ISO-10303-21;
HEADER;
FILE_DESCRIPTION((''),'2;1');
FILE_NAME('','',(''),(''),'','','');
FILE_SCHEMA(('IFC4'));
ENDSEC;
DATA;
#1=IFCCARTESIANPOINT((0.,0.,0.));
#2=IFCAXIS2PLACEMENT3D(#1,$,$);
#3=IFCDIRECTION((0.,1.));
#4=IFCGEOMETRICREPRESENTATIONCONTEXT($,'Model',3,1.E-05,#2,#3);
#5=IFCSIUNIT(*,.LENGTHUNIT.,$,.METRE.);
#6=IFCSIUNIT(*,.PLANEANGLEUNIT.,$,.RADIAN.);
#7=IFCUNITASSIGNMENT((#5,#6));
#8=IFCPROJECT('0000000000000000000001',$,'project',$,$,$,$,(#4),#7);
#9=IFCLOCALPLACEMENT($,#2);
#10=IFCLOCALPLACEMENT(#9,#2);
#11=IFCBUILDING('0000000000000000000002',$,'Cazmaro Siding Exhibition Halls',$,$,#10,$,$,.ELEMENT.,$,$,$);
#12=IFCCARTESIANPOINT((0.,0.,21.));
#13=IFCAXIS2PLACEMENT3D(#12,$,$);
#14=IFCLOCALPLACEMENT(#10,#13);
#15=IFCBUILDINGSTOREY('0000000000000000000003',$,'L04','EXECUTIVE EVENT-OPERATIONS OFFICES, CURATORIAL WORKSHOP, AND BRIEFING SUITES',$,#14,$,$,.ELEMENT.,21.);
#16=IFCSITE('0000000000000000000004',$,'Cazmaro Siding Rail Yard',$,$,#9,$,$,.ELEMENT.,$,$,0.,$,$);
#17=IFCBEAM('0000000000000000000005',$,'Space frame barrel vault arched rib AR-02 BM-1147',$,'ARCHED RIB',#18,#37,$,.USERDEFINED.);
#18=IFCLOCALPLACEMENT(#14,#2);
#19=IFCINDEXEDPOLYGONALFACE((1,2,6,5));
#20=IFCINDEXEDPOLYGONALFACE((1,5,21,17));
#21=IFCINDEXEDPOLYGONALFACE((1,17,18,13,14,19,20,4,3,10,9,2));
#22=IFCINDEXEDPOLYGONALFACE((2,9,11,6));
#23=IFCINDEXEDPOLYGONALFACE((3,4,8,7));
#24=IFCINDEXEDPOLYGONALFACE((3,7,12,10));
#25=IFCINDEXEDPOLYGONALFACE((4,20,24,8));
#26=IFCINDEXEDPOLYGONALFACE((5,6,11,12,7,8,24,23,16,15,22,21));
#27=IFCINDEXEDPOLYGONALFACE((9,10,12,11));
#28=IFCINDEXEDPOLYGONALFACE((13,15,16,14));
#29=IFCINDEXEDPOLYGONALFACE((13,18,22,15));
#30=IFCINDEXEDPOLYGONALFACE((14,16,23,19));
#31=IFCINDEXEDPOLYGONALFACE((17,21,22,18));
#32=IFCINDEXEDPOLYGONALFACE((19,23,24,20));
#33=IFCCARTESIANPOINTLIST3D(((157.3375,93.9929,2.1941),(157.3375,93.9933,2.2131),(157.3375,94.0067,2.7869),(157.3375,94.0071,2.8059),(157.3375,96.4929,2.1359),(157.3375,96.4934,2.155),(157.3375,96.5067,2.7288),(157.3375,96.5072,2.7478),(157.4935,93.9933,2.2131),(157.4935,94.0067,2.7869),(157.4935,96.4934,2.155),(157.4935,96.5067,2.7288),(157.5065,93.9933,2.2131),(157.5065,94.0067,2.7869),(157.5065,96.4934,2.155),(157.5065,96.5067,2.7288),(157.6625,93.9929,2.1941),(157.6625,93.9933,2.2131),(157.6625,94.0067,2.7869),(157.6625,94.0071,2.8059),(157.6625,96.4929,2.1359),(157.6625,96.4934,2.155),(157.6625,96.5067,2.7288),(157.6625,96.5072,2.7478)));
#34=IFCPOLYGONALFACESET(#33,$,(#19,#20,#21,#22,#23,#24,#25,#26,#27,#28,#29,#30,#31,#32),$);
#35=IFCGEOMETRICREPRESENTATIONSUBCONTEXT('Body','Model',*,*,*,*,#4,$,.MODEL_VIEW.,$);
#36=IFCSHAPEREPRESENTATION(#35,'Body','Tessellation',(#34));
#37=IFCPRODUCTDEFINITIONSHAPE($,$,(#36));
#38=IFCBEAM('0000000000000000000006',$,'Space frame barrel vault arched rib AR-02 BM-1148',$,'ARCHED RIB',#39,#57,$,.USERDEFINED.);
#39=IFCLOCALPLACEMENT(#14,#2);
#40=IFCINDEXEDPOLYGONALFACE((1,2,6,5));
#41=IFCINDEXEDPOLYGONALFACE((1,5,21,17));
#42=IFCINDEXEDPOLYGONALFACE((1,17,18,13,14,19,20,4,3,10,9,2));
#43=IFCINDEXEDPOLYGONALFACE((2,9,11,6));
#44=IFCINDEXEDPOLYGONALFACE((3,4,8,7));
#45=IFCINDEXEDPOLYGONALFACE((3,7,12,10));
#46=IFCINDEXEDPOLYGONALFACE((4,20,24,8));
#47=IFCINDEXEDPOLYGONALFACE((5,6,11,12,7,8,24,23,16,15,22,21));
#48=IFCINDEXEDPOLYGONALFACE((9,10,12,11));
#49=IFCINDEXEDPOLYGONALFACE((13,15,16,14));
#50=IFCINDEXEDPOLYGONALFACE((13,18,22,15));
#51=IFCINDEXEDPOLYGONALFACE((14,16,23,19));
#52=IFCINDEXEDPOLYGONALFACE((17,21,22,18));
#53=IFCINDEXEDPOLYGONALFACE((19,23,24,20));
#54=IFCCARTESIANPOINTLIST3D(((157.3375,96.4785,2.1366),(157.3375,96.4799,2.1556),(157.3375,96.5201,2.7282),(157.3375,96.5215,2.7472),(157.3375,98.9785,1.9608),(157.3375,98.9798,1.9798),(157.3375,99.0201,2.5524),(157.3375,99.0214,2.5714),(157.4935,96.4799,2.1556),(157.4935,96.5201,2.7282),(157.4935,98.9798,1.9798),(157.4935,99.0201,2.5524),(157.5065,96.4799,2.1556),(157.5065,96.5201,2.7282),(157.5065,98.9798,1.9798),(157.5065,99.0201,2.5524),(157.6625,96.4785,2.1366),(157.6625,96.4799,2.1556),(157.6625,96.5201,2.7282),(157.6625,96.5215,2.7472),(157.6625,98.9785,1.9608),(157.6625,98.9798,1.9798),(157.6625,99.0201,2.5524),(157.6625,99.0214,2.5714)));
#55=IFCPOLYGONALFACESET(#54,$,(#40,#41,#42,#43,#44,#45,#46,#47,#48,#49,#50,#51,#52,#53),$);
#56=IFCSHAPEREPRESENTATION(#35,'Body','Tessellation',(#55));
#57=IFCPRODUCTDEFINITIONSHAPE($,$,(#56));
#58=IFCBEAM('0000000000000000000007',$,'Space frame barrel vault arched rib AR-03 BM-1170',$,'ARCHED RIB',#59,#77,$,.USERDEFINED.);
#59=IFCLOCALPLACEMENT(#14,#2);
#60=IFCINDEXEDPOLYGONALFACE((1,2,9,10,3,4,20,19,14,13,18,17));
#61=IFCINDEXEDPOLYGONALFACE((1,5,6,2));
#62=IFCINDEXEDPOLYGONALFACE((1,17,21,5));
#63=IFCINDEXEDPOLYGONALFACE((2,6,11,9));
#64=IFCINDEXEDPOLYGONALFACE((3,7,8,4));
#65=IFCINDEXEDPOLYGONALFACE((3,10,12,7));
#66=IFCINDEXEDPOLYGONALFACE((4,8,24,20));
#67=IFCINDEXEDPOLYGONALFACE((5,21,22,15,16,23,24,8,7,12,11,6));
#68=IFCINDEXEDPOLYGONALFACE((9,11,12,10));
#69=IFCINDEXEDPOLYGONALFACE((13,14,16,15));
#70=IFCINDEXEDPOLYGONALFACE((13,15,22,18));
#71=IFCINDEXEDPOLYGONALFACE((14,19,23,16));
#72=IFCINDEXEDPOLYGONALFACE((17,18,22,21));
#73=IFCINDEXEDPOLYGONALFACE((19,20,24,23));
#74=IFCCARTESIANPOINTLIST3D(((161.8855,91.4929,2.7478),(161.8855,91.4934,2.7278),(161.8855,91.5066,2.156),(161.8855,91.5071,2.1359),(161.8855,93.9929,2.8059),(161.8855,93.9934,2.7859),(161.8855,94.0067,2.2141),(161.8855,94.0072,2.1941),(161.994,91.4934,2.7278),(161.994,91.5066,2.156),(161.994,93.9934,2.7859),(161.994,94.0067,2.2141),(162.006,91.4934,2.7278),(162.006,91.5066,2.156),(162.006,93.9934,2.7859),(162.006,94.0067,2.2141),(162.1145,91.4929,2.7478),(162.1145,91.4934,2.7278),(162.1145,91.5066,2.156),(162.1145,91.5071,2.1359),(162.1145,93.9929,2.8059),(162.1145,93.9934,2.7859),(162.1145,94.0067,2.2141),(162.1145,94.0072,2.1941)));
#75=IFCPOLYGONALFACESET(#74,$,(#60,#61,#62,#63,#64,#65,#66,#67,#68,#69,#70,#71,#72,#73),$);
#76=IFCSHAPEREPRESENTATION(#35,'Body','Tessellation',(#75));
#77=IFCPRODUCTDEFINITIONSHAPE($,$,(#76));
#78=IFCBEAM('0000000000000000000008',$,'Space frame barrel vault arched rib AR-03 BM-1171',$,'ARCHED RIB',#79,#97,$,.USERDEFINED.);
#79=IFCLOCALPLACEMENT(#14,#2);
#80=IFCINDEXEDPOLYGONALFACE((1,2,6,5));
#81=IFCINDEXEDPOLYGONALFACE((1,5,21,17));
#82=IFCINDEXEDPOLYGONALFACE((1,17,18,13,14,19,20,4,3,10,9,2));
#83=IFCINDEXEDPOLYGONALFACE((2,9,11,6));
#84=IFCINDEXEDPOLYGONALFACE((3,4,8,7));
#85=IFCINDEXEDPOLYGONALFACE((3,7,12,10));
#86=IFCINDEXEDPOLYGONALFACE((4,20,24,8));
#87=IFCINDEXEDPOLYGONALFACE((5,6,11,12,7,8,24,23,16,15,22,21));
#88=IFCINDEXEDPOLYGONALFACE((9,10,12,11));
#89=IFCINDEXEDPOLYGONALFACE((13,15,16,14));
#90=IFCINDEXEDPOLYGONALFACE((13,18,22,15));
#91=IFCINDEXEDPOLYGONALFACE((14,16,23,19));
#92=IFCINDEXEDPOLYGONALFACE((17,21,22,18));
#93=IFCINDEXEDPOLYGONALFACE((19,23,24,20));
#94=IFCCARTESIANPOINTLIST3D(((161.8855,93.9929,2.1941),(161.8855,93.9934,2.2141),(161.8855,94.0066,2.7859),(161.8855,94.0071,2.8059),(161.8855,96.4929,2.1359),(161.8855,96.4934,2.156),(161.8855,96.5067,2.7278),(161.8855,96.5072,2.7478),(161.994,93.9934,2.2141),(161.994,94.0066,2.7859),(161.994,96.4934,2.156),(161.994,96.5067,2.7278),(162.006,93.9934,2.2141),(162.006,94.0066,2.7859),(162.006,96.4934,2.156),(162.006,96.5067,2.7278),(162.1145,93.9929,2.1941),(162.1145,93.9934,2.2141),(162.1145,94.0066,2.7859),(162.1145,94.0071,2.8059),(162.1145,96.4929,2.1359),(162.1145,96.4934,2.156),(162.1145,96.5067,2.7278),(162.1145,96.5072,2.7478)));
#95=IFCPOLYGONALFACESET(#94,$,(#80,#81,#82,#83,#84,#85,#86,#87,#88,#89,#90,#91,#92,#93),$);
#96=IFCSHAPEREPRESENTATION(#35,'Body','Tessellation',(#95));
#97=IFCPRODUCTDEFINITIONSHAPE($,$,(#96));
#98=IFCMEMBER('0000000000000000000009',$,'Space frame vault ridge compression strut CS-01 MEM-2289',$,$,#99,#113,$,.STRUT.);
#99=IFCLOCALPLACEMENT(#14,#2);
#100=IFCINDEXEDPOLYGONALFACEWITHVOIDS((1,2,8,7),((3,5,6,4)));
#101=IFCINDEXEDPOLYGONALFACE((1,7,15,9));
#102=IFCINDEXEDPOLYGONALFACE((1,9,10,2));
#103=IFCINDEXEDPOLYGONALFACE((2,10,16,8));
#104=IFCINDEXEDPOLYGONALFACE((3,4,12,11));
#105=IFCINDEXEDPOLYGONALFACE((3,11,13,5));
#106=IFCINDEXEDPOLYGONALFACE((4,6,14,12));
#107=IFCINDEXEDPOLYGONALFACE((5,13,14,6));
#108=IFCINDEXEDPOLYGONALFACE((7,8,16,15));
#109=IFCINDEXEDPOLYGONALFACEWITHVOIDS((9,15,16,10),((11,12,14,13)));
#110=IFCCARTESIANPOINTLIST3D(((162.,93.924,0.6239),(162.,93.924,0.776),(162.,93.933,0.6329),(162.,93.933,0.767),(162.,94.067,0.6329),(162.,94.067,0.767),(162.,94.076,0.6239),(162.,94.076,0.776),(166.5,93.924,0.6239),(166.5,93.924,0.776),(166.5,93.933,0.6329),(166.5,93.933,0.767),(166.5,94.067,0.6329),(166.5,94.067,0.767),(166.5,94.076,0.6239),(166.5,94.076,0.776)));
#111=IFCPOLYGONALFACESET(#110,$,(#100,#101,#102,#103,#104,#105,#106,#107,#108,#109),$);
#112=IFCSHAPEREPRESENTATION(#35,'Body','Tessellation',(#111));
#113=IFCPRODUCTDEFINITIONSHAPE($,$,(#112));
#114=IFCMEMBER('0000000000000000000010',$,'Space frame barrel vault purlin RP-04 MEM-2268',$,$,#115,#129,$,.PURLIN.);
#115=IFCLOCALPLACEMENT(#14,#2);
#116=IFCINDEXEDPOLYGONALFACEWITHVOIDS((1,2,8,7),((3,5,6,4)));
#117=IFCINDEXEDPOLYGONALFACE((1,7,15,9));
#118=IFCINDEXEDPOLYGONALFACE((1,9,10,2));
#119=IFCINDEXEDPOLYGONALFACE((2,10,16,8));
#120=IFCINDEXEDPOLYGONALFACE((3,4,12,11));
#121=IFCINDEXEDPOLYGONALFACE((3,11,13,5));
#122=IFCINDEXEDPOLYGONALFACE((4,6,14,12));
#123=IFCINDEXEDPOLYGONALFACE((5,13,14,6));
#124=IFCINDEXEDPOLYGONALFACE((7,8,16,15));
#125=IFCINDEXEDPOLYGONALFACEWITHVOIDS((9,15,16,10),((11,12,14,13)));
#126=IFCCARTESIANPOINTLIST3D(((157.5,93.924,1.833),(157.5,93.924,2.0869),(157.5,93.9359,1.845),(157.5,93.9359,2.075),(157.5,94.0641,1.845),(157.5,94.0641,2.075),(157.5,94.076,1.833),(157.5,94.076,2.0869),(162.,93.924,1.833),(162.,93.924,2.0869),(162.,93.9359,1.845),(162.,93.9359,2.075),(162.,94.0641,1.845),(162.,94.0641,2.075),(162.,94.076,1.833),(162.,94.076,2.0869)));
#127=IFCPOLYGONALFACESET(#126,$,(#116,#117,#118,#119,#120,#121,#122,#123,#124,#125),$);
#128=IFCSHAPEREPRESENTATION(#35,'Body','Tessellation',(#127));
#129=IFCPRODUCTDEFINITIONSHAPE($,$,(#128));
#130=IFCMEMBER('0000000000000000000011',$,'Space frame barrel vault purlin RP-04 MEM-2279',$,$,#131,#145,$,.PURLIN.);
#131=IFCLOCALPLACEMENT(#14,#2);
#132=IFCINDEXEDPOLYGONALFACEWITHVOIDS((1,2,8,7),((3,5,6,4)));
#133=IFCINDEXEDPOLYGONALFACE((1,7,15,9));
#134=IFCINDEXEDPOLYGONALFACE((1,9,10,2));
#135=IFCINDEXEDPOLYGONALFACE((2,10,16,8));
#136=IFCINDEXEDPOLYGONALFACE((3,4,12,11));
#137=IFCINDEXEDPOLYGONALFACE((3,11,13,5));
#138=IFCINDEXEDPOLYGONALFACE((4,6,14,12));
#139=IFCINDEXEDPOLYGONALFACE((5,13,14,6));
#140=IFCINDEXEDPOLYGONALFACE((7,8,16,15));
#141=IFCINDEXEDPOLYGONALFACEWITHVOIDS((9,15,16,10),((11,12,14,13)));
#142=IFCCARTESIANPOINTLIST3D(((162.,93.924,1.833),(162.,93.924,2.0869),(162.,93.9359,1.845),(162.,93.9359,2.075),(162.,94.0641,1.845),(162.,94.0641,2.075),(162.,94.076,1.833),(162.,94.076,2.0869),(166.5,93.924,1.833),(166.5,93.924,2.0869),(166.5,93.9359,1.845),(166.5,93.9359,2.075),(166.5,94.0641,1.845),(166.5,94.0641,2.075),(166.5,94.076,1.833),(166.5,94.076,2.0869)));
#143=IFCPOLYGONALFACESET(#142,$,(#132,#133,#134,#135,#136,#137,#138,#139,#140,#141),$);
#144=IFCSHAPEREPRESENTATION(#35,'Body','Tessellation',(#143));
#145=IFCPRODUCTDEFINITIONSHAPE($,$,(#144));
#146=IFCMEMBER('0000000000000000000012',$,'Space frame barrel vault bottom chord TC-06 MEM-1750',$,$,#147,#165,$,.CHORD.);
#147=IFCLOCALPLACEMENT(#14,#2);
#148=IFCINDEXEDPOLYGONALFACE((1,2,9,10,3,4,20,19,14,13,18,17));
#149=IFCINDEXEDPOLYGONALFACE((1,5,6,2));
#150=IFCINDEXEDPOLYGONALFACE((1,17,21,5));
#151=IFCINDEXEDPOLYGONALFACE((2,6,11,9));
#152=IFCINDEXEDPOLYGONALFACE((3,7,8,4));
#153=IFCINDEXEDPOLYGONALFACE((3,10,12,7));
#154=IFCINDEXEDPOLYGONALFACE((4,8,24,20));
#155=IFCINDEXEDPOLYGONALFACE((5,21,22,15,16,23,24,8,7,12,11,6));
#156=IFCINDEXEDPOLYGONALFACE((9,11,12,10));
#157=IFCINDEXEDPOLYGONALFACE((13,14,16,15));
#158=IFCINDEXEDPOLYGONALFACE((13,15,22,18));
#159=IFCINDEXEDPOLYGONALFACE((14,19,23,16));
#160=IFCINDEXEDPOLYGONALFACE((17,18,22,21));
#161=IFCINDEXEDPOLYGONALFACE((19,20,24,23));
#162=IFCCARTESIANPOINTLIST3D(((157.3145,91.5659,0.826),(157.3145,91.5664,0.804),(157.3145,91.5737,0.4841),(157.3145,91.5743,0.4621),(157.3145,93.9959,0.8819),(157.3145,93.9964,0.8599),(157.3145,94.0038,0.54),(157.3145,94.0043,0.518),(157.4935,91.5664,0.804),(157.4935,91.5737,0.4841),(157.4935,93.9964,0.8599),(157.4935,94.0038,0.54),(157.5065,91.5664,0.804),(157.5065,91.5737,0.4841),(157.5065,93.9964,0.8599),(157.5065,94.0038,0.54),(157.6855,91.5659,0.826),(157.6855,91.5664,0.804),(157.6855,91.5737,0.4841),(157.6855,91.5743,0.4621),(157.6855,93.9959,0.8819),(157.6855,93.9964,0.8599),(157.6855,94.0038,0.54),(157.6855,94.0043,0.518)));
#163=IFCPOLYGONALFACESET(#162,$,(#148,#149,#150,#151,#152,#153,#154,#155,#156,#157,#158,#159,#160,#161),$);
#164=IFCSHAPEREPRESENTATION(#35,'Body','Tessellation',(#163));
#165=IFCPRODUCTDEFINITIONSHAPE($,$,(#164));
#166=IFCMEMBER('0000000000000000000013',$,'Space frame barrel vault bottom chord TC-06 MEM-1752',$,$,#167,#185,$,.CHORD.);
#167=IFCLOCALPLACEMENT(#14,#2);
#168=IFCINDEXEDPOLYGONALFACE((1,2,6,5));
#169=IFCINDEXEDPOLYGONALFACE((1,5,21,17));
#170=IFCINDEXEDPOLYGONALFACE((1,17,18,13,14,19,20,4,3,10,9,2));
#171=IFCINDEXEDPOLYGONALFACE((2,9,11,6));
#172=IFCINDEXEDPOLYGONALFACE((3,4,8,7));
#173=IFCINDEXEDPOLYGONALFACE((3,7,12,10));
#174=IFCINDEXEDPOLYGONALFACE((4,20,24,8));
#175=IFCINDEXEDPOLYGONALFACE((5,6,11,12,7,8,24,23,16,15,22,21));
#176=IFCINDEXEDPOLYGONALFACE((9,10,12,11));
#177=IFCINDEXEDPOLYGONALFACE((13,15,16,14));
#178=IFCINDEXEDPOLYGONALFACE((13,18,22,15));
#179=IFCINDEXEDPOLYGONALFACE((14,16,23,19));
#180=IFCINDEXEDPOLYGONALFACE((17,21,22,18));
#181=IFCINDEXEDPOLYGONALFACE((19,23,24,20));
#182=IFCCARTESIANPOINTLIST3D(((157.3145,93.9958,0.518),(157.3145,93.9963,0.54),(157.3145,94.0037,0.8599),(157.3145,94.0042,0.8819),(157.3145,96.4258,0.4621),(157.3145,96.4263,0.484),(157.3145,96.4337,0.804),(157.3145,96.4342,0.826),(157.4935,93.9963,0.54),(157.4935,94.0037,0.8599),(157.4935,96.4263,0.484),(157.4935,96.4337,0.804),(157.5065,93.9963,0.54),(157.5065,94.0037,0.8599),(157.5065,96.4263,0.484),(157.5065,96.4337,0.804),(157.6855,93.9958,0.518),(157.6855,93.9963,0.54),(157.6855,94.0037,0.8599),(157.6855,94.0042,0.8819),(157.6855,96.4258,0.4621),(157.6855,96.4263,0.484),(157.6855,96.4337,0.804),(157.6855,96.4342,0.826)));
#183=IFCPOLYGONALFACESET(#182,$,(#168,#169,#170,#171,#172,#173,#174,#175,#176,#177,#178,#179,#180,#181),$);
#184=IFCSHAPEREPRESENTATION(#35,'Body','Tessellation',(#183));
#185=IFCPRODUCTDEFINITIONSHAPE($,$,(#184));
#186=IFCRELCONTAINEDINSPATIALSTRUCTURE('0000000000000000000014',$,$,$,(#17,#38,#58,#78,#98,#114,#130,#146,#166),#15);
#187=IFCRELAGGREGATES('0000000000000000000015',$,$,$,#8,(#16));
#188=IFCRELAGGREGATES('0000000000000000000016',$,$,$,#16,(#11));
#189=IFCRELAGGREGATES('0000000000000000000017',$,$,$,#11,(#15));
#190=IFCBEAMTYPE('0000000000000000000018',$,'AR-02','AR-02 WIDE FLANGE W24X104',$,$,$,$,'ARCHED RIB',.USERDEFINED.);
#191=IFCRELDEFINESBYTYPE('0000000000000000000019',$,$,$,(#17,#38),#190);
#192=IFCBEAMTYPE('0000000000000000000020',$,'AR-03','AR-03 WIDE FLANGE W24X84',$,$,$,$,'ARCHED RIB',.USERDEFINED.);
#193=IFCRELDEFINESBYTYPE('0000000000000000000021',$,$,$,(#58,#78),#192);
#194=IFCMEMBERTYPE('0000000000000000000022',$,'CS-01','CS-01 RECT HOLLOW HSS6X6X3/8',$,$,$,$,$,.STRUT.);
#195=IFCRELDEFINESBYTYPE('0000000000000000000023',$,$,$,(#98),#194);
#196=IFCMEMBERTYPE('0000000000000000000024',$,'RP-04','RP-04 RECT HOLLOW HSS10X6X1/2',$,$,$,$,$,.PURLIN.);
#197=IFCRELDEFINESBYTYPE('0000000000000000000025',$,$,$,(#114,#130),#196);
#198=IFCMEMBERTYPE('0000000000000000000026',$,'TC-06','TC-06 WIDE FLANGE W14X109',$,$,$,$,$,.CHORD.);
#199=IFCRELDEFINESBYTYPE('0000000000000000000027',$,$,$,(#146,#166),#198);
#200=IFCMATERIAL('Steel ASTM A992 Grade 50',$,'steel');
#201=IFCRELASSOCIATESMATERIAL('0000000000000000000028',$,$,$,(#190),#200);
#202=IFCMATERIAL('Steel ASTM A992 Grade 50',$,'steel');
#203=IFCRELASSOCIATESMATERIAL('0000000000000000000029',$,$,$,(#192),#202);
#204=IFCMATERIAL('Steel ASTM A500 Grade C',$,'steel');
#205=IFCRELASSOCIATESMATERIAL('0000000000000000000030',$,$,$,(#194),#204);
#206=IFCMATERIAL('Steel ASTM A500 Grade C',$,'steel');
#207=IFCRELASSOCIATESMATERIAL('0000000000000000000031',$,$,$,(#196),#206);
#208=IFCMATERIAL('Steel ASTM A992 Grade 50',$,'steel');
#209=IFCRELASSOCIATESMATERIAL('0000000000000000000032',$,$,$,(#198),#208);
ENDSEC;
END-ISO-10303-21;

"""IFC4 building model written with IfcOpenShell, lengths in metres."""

from ifc_helpers import new_model, si_unit, direction, frame, origin, origin_2d, place, context, subcontext, project, spatial, hollow_rectangle, i_section, extrude, material, material_profile, profile_set, type_object, element, save


model = new_model("IFC4")

# Units and contexts
model_context = context("Model", 3, precision=1e-05, world=origin(), true_north=direction((0.0, 1.0)))
body_context = subcontext(model_context, "Body", "Model", "MODEL_VIEW")
ifc_project = project(units=[si_unit("LENGTHUNIT", "METRE"), si_unit("PLANEANGLEUNIT", "RADIAN")], contexts=[model_context])

# Site, building, storey
site_placement = place(None, origin())
site = spatial("IfcSite", under=ifc_project, at=site_placement, Name="Cazmaro Siding Rail Yard", CompositionType="ELEMENT", RefElevation=0.0)
building_placement = place(site_placement, origin())
building = spatial("IfcBuilding", under=site, at=building_placement, Name="Cazmaro Siding Exhibition Halls", CompositionType="ELEMENT")
storey_placement = place(building_placement, frame((0.0, 0.0, 21.0)))
storey = spatial("IfcBuildingStorey", under=building, at=storey_placement, Name="L04", Description="EXECUTIVE EVENT-OPERATIONS OFFICES, CURATORIAL WORKSHOP, AND BRIEFING SUITES", CompositionType="ELEMENT", Elevation=21.0)

# Beams
ifc_material_1 = material(Name="Steel ASTM A992 Grade 50", Category="steel")
ifc_material_profile_1 = material_profile(ifc_material_1, i_section(OverallWidth=0.325, OverallDepth=0.6121, WebThickness=0.0129, FlangeThickness=0.019, at=origin_2d()), Name="W24X104")
ifc_profile_set_1 = profile_set([ifc_material_profile_1], Name="Steel ASTM A992 Grade 50")
beam_type_1 = type_object("IfcBeamType", Name="AR-02", Description="AR-02 WIDE FLANGE W24X104", ElementType="ARCHED RIB", PredefinedType="USERDEFINED", material=ifc_profile_set_1)
beam_1_placement = place(storey_placement, frame((157.5, 94.0, 2.5), z_axis=(0.0, 0.99973, -0.023236), x_axis=(-1.0, 0.0, 0.0)))
element("IfcBeam", 1, at=beam_1_placement, inside=storey, type_object=beam_type_1, Name="Space frame barrel vault arched rib AR-02 BM-1147", ObjectType="ARCHED RIB", PredefinedType="USERDEFINED", context=body_context, shape_type="SweptSolid", body=[
    extrude(i_section(OverallWidth=0.325, OverallDepth=0.6121, WebThickness=0.0129, FlangeThickness=0.019, at=origin_2d()), origin(), (0.0, 0.0, 1.0), 2.5007),
])
beam_2_placement = place(storey_placement, frame((157.5, 96.5, 2.4419), z_axis=(0.0, 0.997537, -0.070139), x_axis=(-1.0, 0.0, 0.0)))
element("IfcBeam", 2, at=beam_2_placement, inside=storey, type_object=beam_type_1, Name="Space frame barrel vault arched rib AR-02 BM-1148", ObjectType="ARCHED RIB", PredefinedType="USERDEFINED", context=body_context, shape_type="SweptSolid", body=[
    extrude(i_section(OverallWidth=0.325, OverallDepth=0.6121, WebThickness=0.0129, FlangeThickness=0.019, at=origin_2d()), origin(), (0.0, 0.0, 1.0), 2.5061),
])
ifc_material_2 = material(Name="Steel ASTM A992 Grade 50", Category="steel")
ifc_material_profile_2 = material_profile(ifc_material_2, i_section(OverallWidth=0.229, OverallDepth=0.6121, WebThickness=0.012, FlangeThickness=0.02, at=origin_2d()), Name="W24X84")
ifc_profile_set_2 = profile_set([ifc_material_profile_2], Name="Steel ASTM A992 Grade 50")
beam_type_2 = type_object("IfcBeamType", Name="AR-03", Description="AR-03 WIDE FLANGE W24X84", ElementType="ARCHED RIB", PredefinedType="USERDEFINED", material=ifc_profile_set_2)
for number, where, z_axis, x_axis, name in (
    (3, (162.0, 91.5, 2.4419), (0.0, 0.99973, 0.023236), (-1.0, 0.0, 0.0), "Space frame barrel vault arched rib AR-03 BM-1170"),
    (4, (162.0, 94.0, 2.5), (0.0, 0.99973, -0.023236), (-1.0, 0.0, 0.0), "Space frame barrel vault arched rib AR-03 BM-1171"),
):
    element("IfcBeam", number, at=place(storey_placement, frame(where, z_axis=z_axis, x_axis=x_axis)), inside=storey, type_object=beam_type_2, Name=name, ObjectType="ARCHED RIB", PredefinedType="USERDEFINED", context=body_context, shape_type="SweptSolid", body=[
        extrude(i_section(OverallWidth=0.229, OverallDepth=0.6121, WebThickness=0.012, FlangeThickness=0.02, at=origin_2d()), origin(), (0.0, 0.0, 1.0), 2.5007),
    ])

# Members
ifc_material_3 = material(Name="Steel ASTM A500 Grade C", Category="steel")
ifc_material_profile_3 = material_profile(ifc_material_3, hollow_rectangle(XDim=0.1521, YDim=0.1521, WallThickness=0.009, at=origin_2d()), Name="HSS6X6X3/8")
ifc_profile_set_3 = profile_set([ifc_material_profile_3], Name="Steel ASTM A500 Grade C")
member_type_1 = type_object("IfcMemberType", Name="CS-01", Description="CS-01 RECT HOLLOW HSS6X6X3/8", PredefinedType="STRUT", material=ifc_profile_set_3)
member_1_placement = place(storey_placement, frame((162.0, 94.0, 0.7), z_axis=(1.0, 0.0, 0.0), x_axis=(0.0, 1.0, 0.0)))
element("IfcMember", 5, at=member_1_placement, inside=storey, type_object=member_type_1, Name="Space frame vault ridge compression strut CS-01 MEM-2289", PredefinedType="STRUT", context=body_context, shape_type="SweptSolid", body=[
    extrude(hollow_rectangle(XDim=0.1521, YDim=0.1521, WallThickness=0.009, at=origin_2d()), origin(), (0.0, 0.0, 1.0), 4.5),
])
ifc_material_4 = material(Name="Steel ASTM A500 Grade C", Category="steel")
ifc_material_profile_4 = material_profile(ifc_material_4, hollow_rectangle(XDim=0.1521, YDim=0.2539, WallThickness=0.012, at=origin_2d()), Name="HSS10X6X1/2")
ifc_profile_set_4 = profile_set([ifc_material_profile_4], Name="Steel ASTM A500 Grade C")
member_type_2 = type_object("IfcMemberType", Name="RP-04", Description="RP-04 RECT HOLLOW HSS10X6X1/2", PredefinedType="PURLIN", material=ifc_profile_set_4)
for number, where, z_axis, x_axis, name in (
    (6, (157.5, 94.0, 1.96), (1.0, 0.0, 0.0), (0.0, 1.0, 0.0), "Space frame barrel vault purlin RP-04 MEM-2268"),
    (7, (162.0, 94.0, 1.96), (1.0, 0.0, 0.0), (0.0, 1.0, 0.0), "Space frame barrel vault purlin RP-04 MEM-2279"),
):
    element("IfcMember", number, at=place(storey_placement, frame(where, z_axis=z_axis, x_axis=x_axis)), inside=storey, type_object=member_type_2, Name=name, PredefinedType="PURLIN", context=body_context, shape_type="SweptSolid", body=[
        extrude(hollow_rectangle(XDim=0.1521, YDim=0.2539, WallThickness=0.012, at=origin_2d()), origin(), (0.0, 0.0, 1.0), 4.5),
    ])
ifc_material_5 = material(Name="Steel ASTM A992 Grade 50", Category="steel")
ifc_material_profile_5 = material_profile(ifc_material_5, i_section(OverallWidth=0.3711, OverallDepth=0.364, WebThickness=0.0129, FlangeThickness=0.022, at=origin_2d()), Name="W14X109")
ifc_profile_set_5 = profile_set([ifc_material_profile_5], Name="Steel ASTM A992 Grade 50")
member_type_3 = type_object("IfcMemberType", Name="TC-06", Description="TC-06 WIDE FLANGE W14X109", PredefinedType="CHORD", material=ifc_profile_set_5)
for number, where, z_axis, x_axis, name in (
    (8, (157.5, 91.5701, 0.644), (0.0, 0.999735, 0.023002), (-1.0, 0.0, 0.0), "Space frame barrel vault bottom chord TC-06 MEM-1750"),
    (9, (157.5, 94.0, 0.7), (0.0, 0.999735, -0.023002), (-1.0, 0.0, 0.0), "Space frame barrel vault bottom chord TC-06 MEM-1752"),
):
    element("IfcMember", number, at=place(storey_placement, frame(where, z_axis=z_axis, x_axis=x_axis)), inside=storey, type_object=member_type_3, Name=name, PredefinedType="CHORD", context=body_context, shape_type="SweptSolid", body=[
        extrude(i_section(OverallWidth=0.3711, OverallDepth=0.364, WebThickness=0.0129, FlangeThickness=0.022, at=origin_2d()), origin(), (0.0, 0.0, 1.0), 2.4307),
    ])

save(model, "model.ifc")
